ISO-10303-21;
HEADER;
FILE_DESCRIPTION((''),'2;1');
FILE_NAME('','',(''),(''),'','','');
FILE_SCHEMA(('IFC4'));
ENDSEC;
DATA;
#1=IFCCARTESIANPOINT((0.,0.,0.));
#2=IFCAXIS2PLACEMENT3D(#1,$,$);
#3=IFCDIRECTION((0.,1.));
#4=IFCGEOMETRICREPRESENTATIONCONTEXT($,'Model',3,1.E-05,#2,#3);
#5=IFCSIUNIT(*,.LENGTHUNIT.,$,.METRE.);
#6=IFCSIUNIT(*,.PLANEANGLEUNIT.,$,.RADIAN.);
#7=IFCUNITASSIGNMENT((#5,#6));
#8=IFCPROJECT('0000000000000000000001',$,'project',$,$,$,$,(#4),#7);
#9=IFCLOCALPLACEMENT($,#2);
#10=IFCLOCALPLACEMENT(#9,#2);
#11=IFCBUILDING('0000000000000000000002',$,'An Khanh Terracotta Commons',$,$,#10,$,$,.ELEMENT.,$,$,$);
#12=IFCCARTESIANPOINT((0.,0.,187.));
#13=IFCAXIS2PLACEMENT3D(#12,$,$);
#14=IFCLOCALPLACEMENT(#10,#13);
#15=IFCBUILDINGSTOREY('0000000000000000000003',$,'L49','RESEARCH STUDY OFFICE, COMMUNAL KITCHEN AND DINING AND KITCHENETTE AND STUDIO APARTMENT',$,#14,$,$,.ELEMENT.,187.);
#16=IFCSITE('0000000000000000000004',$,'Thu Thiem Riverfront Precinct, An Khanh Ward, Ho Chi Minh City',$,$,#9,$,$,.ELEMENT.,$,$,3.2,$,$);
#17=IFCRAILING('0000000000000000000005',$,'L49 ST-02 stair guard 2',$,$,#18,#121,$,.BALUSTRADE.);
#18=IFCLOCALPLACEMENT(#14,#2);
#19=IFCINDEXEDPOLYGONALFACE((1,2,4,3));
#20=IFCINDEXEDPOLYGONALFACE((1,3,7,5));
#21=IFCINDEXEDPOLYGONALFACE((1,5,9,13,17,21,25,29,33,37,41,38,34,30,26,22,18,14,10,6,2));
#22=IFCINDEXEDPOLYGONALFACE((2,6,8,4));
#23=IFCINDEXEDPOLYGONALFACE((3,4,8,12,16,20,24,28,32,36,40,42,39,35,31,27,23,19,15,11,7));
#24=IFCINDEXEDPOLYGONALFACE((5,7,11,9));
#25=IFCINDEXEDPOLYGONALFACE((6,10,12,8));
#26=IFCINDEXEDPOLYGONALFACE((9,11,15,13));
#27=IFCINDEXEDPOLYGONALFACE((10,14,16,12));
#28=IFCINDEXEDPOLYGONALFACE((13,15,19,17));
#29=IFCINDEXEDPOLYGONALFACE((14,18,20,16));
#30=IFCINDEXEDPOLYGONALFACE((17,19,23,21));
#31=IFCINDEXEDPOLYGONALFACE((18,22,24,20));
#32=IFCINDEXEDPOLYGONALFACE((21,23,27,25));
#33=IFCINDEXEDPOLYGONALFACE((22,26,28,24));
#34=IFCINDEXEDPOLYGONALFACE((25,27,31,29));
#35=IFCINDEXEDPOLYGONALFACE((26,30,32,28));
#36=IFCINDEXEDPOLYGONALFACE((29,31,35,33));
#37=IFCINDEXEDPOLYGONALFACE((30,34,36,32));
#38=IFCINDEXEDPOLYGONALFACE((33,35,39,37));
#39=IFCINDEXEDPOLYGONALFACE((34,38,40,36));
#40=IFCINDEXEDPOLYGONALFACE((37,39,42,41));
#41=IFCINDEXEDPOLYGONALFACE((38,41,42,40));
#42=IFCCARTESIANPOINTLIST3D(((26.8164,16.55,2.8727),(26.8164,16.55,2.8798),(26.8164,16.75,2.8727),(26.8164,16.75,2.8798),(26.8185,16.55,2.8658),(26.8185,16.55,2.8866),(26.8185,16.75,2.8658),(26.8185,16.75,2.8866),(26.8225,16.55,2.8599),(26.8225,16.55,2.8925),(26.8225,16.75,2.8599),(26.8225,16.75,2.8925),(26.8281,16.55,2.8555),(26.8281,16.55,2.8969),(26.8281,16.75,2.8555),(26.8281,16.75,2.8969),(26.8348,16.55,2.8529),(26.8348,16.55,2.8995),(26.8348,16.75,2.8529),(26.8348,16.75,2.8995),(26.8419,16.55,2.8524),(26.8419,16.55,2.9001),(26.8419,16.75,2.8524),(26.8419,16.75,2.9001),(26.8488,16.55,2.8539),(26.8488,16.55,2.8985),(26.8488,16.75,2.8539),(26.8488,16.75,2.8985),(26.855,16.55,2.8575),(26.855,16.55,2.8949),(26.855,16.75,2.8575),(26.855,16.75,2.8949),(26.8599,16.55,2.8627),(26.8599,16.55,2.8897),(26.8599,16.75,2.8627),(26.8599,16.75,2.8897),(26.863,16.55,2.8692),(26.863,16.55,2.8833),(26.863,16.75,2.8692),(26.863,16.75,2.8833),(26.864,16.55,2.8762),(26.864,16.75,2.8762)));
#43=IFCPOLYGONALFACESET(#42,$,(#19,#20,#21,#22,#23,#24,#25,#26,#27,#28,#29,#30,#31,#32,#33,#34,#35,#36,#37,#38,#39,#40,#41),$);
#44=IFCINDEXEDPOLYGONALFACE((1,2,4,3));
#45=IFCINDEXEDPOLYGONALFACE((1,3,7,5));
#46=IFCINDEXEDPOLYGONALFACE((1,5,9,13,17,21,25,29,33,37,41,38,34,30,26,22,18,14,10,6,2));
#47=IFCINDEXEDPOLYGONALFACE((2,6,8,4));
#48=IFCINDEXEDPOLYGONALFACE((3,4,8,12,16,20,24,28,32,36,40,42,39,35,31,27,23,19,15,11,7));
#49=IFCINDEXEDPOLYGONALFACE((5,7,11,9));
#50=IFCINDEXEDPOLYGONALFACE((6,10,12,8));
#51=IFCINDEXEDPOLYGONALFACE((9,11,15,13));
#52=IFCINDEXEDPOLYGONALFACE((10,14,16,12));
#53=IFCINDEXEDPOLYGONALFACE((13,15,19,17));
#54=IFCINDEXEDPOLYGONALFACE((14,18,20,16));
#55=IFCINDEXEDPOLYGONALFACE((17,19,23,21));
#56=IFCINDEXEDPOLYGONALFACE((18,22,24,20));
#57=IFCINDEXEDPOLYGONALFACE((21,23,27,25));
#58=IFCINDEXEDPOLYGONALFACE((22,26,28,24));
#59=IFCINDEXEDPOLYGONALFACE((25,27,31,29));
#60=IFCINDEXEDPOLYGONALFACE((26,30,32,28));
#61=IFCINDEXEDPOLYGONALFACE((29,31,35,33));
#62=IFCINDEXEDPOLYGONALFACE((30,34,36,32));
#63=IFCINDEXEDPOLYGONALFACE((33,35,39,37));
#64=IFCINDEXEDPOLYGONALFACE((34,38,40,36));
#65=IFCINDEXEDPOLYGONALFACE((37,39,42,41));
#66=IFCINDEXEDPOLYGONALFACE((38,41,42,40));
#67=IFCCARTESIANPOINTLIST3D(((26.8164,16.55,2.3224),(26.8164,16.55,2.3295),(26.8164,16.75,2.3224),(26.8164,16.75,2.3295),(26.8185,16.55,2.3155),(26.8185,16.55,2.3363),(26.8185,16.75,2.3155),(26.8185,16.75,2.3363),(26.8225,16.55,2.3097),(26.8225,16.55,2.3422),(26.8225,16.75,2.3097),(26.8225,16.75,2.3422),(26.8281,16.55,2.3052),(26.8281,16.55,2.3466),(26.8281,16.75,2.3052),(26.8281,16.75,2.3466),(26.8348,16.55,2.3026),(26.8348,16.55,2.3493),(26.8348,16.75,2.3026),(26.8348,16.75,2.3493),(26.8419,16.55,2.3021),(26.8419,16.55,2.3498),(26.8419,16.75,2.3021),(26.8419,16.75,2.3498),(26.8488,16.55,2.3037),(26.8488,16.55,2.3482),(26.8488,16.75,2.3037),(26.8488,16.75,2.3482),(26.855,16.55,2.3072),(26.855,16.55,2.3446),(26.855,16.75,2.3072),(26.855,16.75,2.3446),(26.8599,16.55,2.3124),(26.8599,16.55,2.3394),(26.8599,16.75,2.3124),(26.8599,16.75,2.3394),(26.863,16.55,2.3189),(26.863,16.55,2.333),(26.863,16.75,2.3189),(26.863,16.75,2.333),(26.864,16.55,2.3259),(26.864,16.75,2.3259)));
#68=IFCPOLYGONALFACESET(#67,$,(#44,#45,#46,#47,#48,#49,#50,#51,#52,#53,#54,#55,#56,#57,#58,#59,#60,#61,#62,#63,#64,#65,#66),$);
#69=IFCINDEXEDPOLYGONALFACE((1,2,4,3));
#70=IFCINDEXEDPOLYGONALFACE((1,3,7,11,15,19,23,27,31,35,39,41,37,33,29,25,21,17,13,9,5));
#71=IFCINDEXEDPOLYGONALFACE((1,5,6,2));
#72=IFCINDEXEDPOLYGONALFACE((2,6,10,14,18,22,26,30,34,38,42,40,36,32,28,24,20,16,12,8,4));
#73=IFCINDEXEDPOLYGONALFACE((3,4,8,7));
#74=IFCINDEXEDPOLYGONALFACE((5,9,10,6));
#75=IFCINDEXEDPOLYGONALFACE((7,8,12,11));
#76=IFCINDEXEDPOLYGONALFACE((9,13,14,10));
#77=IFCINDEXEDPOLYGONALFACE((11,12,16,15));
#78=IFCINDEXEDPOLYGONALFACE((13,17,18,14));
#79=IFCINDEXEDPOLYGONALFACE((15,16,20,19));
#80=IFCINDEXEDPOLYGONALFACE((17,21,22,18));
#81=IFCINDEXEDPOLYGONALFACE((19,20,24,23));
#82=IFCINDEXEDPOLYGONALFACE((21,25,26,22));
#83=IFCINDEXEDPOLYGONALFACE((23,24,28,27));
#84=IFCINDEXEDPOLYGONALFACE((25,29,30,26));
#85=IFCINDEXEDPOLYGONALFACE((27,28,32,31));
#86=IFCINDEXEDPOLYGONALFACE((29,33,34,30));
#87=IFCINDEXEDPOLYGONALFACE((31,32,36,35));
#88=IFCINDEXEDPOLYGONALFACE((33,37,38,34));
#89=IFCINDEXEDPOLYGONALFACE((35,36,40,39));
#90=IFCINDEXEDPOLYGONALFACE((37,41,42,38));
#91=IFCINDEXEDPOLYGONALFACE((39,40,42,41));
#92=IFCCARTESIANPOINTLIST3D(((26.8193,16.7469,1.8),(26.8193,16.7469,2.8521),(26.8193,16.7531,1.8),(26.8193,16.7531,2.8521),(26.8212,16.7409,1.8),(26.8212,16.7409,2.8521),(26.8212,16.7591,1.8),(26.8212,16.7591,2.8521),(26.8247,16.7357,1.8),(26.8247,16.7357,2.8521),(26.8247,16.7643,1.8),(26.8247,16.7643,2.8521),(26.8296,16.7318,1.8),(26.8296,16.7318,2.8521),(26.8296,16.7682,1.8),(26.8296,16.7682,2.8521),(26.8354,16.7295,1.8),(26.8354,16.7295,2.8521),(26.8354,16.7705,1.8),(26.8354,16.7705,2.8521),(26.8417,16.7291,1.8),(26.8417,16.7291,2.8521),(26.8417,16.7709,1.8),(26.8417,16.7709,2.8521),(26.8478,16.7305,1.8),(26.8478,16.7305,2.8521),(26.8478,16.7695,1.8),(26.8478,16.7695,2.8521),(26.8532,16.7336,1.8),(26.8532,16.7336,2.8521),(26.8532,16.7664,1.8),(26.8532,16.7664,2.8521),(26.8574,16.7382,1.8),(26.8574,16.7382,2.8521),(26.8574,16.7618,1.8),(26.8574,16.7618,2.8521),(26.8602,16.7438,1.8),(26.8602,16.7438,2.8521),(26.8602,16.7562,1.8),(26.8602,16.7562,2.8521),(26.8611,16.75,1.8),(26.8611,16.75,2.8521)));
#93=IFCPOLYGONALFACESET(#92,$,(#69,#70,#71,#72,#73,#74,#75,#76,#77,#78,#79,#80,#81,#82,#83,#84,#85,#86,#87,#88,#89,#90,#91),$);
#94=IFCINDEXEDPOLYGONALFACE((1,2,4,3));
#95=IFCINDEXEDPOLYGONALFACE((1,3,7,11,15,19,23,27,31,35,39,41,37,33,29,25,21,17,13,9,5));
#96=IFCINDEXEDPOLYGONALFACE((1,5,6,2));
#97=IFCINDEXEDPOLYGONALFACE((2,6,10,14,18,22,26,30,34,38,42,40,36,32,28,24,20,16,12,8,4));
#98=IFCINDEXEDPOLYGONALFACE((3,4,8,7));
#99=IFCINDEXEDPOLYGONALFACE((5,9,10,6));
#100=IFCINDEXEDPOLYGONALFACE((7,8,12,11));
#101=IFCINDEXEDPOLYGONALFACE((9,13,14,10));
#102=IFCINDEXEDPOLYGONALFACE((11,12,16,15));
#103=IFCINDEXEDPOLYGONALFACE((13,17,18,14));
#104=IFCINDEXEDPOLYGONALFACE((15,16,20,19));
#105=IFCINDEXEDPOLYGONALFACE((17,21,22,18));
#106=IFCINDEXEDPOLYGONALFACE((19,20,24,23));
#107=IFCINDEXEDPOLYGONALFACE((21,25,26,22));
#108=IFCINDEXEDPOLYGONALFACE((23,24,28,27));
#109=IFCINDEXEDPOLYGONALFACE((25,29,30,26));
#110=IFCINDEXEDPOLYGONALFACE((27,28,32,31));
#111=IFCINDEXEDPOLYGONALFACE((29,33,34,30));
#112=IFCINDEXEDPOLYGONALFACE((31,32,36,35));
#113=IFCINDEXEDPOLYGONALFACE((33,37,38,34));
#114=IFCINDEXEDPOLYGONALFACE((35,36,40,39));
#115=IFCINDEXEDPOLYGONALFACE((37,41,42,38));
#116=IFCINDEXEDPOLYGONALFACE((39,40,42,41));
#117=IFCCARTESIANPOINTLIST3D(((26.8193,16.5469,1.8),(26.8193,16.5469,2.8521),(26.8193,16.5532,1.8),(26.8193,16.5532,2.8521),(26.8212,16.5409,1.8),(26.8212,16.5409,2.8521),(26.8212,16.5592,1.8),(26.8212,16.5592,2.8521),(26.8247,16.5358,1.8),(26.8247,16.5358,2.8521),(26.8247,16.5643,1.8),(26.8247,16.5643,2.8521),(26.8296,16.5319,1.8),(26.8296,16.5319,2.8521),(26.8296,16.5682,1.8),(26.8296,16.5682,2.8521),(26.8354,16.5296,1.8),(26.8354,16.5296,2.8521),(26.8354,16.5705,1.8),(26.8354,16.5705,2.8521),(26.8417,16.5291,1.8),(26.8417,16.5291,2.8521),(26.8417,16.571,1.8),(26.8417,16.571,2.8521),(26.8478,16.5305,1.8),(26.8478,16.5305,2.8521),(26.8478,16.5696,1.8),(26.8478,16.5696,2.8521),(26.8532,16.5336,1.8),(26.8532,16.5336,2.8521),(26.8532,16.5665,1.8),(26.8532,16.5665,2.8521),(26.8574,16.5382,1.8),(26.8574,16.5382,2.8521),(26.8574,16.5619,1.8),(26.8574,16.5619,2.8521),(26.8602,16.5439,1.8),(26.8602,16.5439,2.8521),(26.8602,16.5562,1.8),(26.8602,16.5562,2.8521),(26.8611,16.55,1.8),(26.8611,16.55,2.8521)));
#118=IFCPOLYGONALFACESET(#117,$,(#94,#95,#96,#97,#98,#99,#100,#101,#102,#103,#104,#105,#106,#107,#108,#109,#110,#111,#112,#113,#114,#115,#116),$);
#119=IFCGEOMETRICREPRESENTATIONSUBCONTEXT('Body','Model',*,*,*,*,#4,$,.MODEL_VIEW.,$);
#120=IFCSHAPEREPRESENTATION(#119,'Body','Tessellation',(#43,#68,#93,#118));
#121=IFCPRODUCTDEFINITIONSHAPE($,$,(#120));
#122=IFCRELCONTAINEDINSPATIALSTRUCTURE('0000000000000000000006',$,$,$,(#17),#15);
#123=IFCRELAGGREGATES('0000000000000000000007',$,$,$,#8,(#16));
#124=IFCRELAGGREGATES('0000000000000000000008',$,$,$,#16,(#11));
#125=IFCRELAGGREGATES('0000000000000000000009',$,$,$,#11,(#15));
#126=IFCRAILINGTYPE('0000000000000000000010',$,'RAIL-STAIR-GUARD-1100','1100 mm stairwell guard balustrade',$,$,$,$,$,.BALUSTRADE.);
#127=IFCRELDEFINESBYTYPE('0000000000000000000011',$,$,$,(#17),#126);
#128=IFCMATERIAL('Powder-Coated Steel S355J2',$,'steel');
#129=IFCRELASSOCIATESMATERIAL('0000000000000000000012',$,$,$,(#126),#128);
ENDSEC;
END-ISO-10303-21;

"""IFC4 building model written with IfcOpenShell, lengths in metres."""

from ifc_helpers import new_model, si_unit, direction, frame, origin, origin_2d, place, context, subcontext, project, spatial, circle, extrude, material, type_object, element, save


model = new_model("IFC4")

# Units and contexts
model_context = context("Model", 3, precision=1e-05, world=origin(), true_north=direction((0.0, 1.0)))
body_context = subcontext(model_context, "Body", "Model", "MODEL_VIEW")
ifc_project = project(units=[si_unit("LENGTHUNIT", "METRE"), si_unit("PLANEANGLEUNIT", "RADIAN")], contexts=[model_context])

# Site, building, storey
site_placement = place(None, origin())
site = spatial("IfcSite", under=ifc_project, at=site_placement, Name="Thu Thiem Riverfront Precinct, An Khanh Ward, Ho Chi Minh City", CompositionType="ELEMENT", RefElevation=3.2)
building_placement = place(site_placement, origin())
building = spatial("IfcBuilding", under=site, at=building_placement, Name="An Khanh Terracotta Commons", CompositionType="ELEMENT")
storey_placement = place(building_placement, frame((0.0, 0.0, 187.0)))
storey = spatial("IfcBuildingStorey", under=building, at=storey_placement, Name="L49", Description="RESEARCH STUDY OFFICE, COMMUNAL KITCHEN AND DINING AND KITCHENETTE AND STUDIO APARTMENT", CompositionType="ELEMENT", Elevation=187.0)

# Railing
ifc_material_1 = material(Name="Powder-Coated Steel S355J2", Category="steel")
railing_type_1 = type_object("IfcRailingType", Name="RAIL-STAIR-GUARD-1100", Description="1100 mm stairwell guard balustrade", PredefinedType="BALUSTRADE", material=ifc_material_1)
railing_1_placement = place(storey_placement, frame((26.8401, 16.75, 1.8)))
element("IfcRailing", 1, at=railing_1_placement, inside=storey, type_object=railing_type_1, Name="L49 ST-02 stair guard 2", PredefinedType="BALUSTRADE", context=body_context, shape_type="SweptSolid", body=[
    extrude(circle(Radius=0.0239, at=origin_2d()), frame((0.0, 0.0, 1.0762), z_axis=(0.0, -1.0, 0.0), x_axis=(1.0, 0.0, 0.0)), (0.0, 0.0, 1.0), 0.2),
    extrude(circle(Radius=0.0239, at=origin_2d()), frame((0.0, 0.0, 0.5259), z_axis=(0.0, -1.0, 0.0), x_axis=(1.0, 0.0, 0.0)), (0.0, 0.0, 1.0), 0.2),
    extrude(circle(Radius=0.021, at=origin_2d()), origin(), (0.0, 0.0, 1.0), 1.052),
    extrude(circle(Radius=0.021, at=origin_2d()), frame((0.0, -0.2, 0.0)), (0.0, 0.0, 1.0), 1.052),
])

save(model, "model.ifc")
